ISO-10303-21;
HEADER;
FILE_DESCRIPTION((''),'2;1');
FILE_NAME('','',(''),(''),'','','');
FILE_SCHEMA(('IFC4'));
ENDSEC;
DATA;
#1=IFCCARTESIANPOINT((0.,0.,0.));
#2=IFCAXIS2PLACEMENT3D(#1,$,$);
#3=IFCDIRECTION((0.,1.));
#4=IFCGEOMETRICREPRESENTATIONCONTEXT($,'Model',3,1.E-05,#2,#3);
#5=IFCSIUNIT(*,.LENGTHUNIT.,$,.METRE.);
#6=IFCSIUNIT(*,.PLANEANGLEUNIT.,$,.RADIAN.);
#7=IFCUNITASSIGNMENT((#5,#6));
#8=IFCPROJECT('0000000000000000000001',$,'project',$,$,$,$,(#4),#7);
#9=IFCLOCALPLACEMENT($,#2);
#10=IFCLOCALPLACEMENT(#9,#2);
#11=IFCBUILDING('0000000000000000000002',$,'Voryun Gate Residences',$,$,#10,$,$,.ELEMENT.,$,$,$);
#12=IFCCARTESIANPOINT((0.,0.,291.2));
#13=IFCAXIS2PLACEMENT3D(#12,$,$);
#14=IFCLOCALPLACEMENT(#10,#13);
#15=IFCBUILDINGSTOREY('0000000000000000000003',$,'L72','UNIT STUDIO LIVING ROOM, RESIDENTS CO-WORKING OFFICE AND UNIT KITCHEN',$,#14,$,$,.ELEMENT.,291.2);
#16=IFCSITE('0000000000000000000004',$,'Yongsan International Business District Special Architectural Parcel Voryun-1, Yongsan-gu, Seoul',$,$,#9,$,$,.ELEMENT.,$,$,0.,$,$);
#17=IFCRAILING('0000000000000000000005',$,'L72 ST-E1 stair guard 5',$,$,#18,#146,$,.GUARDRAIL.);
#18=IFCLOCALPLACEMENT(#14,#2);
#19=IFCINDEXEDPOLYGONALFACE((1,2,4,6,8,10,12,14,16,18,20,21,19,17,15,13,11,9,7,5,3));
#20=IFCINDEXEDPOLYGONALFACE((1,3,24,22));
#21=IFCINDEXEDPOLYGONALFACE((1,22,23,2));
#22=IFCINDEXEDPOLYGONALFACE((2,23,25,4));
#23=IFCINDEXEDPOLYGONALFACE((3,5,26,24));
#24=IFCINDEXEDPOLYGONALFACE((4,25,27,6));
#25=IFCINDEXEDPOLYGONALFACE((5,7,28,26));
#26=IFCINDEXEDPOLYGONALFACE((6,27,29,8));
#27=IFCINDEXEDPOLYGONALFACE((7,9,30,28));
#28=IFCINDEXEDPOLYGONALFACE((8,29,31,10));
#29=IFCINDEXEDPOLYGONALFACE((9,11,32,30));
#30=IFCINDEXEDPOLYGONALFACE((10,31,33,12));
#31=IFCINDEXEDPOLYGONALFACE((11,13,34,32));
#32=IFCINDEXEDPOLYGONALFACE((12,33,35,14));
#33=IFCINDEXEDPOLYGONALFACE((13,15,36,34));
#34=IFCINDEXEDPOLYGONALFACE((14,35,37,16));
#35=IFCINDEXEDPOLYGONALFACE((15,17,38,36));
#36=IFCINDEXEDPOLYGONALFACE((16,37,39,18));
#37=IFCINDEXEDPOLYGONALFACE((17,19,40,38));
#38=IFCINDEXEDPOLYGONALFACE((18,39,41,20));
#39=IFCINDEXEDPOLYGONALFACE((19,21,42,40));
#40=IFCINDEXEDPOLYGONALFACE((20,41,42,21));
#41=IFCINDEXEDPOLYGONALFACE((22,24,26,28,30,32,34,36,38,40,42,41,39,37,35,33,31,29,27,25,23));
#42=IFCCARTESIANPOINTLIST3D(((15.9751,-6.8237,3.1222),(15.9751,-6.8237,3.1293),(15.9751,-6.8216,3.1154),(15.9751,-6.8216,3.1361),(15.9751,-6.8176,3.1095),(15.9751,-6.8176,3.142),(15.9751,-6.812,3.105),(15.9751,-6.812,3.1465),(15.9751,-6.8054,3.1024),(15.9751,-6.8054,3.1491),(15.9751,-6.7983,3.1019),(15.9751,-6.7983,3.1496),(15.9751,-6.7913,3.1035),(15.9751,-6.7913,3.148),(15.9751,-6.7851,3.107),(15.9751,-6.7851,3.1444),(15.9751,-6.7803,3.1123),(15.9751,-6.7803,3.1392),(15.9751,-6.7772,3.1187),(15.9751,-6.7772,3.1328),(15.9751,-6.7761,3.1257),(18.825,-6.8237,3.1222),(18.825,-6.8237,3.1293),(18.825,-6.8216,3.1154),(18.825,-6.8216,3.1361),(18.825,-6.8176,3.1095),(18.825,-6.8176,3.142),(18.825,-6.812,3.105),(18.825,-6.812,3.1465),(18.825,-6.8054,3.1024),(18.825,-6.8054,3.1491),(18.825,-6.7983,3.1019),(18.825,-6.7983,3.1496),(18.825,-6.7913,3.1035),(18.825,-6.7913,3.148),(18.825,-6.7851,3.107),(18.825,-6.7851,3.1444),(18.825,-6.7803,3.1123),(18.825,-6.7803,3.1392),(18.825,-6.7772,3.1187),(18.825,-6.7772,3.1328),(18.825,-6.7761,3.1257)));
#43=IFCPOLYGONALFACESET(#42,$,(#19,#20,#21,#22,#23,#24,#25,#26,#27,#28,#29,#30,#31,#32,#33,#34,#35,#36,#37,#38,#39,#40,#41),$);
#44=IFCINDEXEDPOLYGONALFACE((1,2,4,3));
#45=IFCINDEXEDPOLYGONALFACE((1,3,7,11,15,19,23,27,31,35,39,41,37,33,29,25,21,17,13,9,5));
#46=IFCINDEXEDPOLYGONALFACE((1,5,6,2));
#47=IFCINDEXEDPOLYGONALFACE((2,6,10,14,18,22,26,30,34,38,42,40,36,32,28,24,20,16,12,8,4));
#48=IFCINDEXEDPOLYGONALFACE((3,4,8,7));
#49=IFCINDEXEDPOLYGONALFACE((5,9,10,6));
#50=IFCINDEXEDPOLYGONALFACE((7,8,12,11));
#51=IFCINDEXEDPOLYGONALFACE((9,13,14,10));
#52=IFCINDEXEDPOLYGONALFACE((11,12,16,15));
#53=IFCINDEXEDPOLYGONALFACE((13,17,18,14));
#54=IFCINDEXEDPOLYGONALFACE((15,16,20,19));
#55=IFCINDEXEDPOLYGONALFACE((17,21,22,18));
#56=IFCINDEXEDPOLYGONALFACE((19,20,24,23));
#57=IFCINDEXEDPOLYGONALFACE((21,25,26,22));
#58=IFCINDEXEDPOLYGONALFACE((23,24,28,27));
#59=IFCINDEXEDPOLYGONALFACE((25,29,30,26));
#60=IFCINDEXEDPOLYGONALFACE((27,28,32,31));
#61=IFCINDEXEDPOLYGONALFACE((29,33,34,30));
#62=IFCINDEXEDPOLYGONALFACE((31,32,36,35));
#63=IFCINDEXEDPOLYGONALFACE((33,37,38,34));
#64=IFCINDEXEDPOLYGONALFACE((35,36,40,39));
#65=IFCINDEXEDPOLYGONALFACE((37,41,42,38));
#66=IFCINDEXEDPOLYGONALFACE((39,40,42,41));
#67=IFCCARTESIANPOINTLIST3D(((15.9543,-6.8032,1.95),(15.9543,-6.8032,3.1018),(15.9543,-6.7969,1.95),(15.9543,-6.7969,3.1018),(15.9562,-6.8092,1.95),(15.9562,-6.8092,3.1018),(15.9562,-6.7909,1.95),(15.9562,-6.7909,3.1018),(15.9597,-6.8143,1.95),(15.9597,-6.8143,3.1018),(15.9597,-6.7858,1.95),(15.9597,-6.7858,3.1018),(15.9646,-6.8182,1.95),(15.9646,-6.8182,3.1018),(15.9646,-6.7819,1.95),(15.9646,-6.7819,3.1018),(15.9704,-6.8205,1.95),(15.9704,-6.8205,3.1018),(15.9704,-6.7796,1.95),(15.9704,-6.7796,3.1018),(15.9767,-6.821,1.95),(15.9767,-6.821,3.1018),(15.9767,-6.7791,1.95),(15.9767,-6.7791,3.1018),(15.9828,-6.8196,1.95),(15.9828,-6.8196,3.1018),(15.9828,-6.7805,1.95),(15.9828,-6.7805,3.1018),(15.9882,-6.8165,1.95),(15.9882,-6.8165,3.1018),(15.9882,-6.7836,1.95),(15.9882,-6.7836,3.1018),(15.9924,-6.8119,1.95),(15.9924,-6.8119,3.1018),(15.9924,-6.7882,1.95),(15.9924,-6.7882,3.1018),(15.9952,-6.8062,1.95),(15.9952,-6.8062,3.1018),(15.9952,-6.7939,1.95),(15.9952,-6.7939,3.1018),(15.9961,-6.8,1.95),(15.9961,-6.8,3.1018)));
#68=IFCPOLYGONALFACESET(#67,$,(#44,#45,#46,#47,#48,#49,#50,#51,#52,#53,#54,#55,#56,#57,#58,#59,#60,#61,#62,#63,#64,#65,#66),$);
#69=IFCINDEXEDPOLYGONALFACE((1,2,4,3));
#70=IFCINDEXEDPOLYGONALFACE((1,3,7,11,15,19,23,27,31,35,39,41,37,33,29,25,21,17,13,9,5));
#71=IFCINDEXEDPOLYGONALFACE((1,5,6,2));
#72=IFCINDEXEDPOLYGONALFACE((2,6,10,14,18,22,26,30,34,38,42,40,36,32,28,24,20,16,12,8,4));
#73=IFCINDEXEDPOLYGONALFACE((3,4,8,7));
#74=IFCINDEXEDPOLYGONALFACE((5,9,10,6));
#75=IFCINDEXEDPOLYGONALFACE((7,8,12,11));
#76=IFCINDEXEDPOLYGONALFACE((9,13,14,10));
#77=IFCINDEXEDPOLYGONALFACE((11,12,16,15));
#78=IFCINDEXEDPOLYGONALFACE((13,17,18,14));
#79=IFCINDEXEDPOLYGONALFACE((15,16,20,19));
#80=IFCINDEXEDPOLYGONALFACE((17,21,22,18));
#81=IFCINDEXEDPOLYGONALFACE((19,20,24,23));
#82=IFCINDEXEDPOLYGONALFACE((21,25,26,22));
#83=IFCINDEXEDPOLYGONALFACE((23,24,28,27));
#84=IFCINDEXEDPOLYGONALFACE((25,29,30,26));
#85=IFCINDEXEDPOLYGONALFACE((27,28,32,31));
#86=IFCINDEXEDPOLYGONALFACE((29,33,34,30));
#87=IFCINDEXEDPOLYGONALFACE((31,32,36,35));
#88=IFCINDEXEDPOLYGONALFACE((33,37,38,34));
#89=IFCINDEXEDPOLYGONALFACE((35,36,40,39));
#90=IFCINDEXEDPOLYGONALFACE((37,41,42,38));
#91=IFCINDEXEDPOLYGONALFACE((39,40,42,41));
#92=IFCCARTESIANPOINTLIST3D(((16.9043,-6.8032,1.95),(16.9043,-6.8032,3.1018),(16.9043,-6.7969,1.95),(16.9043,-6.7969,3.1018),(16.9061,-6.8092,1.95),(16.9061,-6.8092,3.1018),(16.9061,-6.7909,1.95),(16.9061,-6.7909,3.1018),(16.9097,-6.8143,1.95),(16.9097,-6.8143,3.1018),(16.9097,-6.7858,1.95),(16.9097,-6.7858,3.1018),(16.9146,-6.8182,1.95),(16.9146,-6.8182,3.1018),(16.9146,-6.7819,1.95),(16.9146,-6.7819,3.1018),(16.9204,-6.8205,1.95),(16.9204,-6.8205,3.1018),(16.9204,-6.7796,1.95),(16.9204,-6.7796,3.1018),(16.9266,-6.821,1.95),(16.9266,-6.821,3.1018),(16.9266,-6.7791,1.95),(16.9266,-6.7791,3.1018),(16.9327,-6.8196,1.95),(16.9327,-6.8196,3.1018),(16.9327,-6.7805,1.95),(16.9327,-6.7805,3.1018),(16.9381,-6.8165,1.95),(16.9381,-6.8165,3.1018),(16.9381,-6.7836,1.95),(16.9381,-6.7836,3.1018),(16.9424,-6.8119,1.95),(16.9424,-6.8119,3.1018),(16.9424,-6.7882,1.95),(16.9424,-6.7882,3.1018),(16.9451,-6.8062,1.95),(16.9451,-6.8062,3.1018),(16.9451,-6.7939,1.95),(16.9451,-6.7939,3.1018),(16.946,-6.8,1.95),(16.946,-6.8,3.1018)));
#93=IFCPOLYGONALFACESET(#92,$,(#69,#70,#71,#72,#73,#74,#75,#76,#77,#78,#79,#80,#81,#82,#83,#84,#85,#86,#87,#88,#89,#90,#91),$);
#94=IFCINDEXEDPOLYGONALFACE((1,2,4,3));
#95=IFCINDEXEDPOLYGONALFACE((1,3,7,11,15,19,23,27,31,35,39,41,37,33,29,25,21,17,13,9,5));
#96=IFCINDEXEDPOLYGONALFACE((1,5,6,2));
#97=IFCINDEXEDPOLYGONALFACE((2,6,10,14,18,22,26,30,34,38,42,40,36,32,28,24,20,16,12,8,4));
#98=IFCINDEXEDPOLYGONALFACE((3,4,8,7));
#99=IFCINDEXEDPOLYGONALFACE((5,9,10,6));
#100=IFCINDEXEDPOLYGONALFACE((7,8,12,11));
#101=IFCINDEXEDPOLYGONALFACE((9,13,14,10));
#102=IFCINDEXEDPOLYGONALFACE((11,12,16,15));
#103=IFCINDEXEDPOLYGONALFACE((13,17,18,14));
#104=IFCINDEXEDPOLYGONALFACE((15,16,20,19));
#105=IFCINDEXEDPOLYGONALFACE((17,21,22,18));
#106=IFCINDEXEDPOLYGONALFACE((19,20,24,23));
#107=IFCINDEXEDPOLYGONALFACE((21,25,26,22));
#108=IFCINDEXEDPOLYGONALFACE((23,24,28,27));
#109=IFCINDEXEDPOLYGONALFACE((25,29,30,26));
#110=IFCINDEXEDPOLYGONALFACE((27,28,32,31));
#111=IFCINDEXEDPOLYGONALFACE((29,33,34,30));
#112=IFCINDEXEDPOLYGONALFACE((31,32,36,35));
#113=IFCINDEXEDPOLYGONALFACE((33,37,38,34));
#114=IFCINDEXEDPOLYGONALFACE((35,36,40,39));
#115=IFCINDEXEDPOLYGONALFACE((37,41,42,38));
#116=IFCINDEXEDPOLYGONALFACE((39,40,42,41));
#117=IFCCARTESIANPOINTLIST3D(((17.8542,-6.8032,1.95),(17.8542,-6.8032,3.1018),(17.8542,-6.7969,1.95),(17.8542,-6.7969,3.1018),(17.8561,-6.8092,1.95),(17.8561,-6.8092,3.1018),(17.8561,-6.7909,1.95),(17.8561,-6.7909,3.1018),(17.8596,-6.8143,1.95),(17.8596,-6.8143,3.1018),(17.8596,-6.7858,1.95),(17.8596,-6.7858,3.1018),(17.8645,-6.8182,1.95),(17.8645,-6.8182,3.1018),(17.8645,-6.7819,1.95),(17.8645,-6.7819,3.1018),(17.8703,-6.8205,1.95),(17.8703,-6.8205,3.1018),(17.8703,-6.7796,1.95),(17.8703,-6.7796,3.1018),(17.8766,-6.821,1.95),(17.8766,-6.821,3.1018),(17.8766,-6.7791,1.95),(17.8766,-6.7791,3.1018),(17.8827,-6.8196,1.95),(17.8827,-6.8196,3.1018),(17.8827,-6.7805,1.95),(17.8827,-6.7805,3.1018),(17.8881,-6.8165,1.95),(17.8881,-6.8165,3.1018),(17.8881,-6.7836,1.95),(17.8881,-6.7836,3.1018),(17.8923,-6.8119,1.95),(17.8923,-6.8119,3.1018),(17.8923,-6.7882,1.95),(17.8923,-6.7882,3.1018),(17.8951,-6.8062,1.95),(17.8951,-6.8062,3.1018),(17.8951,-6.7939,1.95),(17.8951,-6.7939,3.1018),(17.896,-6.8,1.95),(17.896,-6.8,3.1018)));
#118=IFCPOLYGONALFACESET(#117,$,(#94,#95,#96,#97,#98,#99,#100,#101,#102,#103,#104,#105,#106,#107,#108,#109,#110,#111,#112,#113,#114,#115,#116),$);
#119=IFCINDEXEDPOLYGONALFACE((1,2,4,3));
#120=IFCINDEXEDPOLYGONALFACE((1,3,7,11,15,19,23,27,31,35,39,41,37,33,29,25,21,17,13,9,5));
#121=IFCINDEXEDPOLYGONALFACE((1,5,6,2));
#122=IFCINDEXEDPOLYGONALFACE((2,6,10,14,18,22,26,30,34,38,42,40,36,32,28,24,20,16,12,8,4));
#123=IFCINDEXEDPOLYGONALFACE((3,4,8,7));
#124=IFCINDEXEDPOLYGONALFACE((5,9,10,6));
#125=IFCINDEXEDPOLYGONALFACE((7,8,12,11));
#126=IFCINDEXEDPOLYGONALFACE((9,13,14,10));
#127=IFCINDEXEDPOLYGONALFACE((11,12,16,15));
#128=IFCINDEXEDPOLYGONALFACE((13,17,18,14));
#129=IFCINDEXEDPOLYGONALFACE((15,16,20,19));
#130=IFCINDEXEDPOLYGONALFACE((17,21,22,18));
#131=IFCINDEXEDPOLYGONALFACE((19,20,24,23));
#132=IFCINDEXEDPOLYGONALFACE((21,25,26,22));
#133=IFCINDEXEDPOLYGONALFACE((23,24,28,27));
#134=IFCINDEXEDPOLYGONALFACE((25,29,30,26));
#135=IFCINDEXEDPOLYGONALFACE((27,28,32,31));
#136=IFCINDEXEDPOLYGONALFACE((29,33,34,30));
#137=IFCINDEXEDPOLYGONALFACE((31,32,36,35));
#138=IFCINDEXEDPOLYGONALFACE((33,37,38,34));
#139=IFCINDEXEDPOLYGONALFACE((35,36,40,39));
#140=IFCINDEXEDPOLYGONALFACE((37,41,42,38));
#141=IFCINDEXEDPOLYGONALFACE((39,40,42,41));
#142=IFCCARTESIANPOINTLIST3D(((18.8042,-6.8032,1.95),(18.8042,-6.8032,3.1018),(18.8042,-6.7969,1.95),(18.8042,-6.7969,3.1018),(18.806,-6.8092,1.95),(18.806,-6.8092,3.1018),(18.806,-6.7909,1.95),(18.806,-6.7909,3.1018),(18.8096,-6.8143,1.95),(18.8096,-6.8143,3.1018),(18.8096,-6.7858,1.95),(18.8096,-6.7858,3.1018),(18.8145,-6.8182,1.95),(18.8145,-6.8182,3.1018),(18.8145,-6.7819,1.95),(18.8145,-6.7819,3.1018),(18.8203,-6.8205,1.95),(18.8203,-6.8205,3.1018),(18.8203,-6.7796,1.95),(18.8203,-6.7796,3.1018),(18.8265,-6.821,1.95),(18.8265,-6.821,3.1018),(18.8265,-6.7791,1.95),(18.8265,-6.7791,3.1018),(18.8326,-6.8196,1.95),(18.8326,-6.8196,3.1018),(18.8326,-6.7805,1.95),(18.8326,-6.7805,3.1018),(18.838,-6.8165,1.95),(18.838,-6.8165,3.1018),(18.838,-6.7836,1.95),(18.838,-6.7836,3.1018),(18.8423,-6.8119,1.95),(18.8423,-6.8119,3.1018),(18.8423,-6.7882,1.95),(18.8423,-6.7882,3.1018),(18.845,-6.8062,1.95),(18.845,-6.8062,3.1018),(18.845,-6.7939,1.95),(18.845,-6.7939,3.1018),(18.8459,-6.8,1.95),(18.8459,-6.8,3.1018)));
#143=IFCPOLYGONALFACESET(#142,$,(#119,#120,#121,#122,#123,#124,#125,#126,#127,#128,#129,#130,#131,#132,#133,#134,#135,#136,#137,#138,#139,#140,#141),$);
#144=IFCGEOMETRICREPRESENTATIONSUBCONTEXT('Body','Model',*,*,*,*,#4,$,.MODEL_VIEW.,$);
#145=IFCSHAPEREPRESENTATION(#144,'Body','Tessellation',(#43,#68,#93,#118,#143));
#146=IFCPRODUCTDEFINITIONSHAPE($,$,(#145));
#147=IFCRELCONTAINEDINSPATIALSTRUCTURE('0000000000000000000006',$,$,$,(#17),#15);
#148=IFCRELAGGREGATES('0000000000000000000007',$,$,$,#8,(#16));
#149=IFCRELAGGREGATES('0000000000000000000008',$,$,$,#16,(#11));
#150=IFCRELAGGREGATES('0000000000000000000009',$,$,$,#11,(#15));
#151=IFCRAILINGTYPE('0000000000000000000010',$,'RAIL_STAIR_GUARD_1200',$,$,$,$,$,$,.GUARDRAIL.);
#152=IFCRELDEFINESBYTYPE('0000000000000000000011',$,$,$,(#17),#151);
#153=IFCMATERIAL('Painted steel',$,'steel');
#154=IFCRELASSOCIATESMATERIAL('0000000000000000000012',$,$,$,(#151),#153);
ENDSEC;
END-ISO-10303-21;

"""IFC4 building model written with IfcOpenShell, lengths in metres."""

from ifc_helpers import new_model, si_unit, direction, frame, origin, origin_2d, place, context, subcontext, project, spatial, circle, extrude, material, type_object, element, save


model = new_model("IFC4")

# Units and contexts
model_context = context("Model", 3, precision=1e-05, world=origin(), true_north=direction((0.0, 1.0)))
body_context = subcontext(model_context, "Body", "Model", "MODEL_VIEW")
ifc_project = project(units=[si_unit("LENGTHUNIT", "METRE"), si_unit("PLANEANGLEUNIT", "RADIAN")], contexts=[model_context])

# Site, building, storey
site_placement = place(None, origin())
site = spatial("IfcSite", under=ifc_project, at=site_placement, Name="Yongsan International Business District Special Architectural Parcel Voryun-1, Yongsan-gu, Seoul", CompositionType="ELEMENT", RefElevation=0.0)
building_placement = place(site_placement, origin())
building = spatial("IfcBuilding", under=site, at=building_placement, Name="Voryun Gate Residences", CompositionType="ELEMENT")
storey_placement = place(building_placement, frame((0.0, 0.0, 291.2)))
storey = spatial("IfcBuildingStorey", under=building, at=storey_placement, Name="L72", Description="UNIT STUDIO LIVING ROOM, RESIDENTS CO-WORKING OFFICE AND UNIT KITCHEN", CompositionType="ELEMENT", Elevation=291.2)

# Railing
ifc_material_1 = material(Name="Painted steel", Category="steel")
railing_type_1 = type_object("IfcRailingType", Name="RAIL_STAIR_GUARD_1200", PredefinedType="GUARDRAIL", material=ifc_material_1)
railing_1_placement = place(storey_placement, frame((15.9751, -6.8, 1.95)))
element("IfcRailing", 1, at=railing_1_placement, inside=storey, type_object=railing_type_1, Name="L72 ST-E1 stair guard 5", PredefinedType="GUARDRAIL", context=body_context, shape_type="SweptSolid", body=[
    extrude(circle(Radius=0.0239, at=origin_2d()), frame((0.0, 0.0, 1.1758), z_axis=(1.0, 0.0, 0.0), x_axis=(0.0, 1.0, 0.0)), (0.0, 0.0, 1.0), 2.8499),
    extrude(circle(Radius=0.021, at=origin_2d()), origin(), (0.0, 0.0, 1.0), 1.1519),
    extrude(circle(Radius=0.021, at=origin_2d()), frame((0.95, 0.0, 0.0)), (0.0, 0.0, 1.0), 1.1519),
    extrude(circle(Radius=0.021, at=origin_2d()), frame((1.8999, 0.0, 0.0)), (0.0, 0.0, 1.0), 1.1519),
    extrude(circle(Radius=0.021, at=origin_2d()), frame((2.8499, 0.0, 0.0)), (0.0, 0.0, 1.0), 1.1519),
])

save(model, "model.ifc")
